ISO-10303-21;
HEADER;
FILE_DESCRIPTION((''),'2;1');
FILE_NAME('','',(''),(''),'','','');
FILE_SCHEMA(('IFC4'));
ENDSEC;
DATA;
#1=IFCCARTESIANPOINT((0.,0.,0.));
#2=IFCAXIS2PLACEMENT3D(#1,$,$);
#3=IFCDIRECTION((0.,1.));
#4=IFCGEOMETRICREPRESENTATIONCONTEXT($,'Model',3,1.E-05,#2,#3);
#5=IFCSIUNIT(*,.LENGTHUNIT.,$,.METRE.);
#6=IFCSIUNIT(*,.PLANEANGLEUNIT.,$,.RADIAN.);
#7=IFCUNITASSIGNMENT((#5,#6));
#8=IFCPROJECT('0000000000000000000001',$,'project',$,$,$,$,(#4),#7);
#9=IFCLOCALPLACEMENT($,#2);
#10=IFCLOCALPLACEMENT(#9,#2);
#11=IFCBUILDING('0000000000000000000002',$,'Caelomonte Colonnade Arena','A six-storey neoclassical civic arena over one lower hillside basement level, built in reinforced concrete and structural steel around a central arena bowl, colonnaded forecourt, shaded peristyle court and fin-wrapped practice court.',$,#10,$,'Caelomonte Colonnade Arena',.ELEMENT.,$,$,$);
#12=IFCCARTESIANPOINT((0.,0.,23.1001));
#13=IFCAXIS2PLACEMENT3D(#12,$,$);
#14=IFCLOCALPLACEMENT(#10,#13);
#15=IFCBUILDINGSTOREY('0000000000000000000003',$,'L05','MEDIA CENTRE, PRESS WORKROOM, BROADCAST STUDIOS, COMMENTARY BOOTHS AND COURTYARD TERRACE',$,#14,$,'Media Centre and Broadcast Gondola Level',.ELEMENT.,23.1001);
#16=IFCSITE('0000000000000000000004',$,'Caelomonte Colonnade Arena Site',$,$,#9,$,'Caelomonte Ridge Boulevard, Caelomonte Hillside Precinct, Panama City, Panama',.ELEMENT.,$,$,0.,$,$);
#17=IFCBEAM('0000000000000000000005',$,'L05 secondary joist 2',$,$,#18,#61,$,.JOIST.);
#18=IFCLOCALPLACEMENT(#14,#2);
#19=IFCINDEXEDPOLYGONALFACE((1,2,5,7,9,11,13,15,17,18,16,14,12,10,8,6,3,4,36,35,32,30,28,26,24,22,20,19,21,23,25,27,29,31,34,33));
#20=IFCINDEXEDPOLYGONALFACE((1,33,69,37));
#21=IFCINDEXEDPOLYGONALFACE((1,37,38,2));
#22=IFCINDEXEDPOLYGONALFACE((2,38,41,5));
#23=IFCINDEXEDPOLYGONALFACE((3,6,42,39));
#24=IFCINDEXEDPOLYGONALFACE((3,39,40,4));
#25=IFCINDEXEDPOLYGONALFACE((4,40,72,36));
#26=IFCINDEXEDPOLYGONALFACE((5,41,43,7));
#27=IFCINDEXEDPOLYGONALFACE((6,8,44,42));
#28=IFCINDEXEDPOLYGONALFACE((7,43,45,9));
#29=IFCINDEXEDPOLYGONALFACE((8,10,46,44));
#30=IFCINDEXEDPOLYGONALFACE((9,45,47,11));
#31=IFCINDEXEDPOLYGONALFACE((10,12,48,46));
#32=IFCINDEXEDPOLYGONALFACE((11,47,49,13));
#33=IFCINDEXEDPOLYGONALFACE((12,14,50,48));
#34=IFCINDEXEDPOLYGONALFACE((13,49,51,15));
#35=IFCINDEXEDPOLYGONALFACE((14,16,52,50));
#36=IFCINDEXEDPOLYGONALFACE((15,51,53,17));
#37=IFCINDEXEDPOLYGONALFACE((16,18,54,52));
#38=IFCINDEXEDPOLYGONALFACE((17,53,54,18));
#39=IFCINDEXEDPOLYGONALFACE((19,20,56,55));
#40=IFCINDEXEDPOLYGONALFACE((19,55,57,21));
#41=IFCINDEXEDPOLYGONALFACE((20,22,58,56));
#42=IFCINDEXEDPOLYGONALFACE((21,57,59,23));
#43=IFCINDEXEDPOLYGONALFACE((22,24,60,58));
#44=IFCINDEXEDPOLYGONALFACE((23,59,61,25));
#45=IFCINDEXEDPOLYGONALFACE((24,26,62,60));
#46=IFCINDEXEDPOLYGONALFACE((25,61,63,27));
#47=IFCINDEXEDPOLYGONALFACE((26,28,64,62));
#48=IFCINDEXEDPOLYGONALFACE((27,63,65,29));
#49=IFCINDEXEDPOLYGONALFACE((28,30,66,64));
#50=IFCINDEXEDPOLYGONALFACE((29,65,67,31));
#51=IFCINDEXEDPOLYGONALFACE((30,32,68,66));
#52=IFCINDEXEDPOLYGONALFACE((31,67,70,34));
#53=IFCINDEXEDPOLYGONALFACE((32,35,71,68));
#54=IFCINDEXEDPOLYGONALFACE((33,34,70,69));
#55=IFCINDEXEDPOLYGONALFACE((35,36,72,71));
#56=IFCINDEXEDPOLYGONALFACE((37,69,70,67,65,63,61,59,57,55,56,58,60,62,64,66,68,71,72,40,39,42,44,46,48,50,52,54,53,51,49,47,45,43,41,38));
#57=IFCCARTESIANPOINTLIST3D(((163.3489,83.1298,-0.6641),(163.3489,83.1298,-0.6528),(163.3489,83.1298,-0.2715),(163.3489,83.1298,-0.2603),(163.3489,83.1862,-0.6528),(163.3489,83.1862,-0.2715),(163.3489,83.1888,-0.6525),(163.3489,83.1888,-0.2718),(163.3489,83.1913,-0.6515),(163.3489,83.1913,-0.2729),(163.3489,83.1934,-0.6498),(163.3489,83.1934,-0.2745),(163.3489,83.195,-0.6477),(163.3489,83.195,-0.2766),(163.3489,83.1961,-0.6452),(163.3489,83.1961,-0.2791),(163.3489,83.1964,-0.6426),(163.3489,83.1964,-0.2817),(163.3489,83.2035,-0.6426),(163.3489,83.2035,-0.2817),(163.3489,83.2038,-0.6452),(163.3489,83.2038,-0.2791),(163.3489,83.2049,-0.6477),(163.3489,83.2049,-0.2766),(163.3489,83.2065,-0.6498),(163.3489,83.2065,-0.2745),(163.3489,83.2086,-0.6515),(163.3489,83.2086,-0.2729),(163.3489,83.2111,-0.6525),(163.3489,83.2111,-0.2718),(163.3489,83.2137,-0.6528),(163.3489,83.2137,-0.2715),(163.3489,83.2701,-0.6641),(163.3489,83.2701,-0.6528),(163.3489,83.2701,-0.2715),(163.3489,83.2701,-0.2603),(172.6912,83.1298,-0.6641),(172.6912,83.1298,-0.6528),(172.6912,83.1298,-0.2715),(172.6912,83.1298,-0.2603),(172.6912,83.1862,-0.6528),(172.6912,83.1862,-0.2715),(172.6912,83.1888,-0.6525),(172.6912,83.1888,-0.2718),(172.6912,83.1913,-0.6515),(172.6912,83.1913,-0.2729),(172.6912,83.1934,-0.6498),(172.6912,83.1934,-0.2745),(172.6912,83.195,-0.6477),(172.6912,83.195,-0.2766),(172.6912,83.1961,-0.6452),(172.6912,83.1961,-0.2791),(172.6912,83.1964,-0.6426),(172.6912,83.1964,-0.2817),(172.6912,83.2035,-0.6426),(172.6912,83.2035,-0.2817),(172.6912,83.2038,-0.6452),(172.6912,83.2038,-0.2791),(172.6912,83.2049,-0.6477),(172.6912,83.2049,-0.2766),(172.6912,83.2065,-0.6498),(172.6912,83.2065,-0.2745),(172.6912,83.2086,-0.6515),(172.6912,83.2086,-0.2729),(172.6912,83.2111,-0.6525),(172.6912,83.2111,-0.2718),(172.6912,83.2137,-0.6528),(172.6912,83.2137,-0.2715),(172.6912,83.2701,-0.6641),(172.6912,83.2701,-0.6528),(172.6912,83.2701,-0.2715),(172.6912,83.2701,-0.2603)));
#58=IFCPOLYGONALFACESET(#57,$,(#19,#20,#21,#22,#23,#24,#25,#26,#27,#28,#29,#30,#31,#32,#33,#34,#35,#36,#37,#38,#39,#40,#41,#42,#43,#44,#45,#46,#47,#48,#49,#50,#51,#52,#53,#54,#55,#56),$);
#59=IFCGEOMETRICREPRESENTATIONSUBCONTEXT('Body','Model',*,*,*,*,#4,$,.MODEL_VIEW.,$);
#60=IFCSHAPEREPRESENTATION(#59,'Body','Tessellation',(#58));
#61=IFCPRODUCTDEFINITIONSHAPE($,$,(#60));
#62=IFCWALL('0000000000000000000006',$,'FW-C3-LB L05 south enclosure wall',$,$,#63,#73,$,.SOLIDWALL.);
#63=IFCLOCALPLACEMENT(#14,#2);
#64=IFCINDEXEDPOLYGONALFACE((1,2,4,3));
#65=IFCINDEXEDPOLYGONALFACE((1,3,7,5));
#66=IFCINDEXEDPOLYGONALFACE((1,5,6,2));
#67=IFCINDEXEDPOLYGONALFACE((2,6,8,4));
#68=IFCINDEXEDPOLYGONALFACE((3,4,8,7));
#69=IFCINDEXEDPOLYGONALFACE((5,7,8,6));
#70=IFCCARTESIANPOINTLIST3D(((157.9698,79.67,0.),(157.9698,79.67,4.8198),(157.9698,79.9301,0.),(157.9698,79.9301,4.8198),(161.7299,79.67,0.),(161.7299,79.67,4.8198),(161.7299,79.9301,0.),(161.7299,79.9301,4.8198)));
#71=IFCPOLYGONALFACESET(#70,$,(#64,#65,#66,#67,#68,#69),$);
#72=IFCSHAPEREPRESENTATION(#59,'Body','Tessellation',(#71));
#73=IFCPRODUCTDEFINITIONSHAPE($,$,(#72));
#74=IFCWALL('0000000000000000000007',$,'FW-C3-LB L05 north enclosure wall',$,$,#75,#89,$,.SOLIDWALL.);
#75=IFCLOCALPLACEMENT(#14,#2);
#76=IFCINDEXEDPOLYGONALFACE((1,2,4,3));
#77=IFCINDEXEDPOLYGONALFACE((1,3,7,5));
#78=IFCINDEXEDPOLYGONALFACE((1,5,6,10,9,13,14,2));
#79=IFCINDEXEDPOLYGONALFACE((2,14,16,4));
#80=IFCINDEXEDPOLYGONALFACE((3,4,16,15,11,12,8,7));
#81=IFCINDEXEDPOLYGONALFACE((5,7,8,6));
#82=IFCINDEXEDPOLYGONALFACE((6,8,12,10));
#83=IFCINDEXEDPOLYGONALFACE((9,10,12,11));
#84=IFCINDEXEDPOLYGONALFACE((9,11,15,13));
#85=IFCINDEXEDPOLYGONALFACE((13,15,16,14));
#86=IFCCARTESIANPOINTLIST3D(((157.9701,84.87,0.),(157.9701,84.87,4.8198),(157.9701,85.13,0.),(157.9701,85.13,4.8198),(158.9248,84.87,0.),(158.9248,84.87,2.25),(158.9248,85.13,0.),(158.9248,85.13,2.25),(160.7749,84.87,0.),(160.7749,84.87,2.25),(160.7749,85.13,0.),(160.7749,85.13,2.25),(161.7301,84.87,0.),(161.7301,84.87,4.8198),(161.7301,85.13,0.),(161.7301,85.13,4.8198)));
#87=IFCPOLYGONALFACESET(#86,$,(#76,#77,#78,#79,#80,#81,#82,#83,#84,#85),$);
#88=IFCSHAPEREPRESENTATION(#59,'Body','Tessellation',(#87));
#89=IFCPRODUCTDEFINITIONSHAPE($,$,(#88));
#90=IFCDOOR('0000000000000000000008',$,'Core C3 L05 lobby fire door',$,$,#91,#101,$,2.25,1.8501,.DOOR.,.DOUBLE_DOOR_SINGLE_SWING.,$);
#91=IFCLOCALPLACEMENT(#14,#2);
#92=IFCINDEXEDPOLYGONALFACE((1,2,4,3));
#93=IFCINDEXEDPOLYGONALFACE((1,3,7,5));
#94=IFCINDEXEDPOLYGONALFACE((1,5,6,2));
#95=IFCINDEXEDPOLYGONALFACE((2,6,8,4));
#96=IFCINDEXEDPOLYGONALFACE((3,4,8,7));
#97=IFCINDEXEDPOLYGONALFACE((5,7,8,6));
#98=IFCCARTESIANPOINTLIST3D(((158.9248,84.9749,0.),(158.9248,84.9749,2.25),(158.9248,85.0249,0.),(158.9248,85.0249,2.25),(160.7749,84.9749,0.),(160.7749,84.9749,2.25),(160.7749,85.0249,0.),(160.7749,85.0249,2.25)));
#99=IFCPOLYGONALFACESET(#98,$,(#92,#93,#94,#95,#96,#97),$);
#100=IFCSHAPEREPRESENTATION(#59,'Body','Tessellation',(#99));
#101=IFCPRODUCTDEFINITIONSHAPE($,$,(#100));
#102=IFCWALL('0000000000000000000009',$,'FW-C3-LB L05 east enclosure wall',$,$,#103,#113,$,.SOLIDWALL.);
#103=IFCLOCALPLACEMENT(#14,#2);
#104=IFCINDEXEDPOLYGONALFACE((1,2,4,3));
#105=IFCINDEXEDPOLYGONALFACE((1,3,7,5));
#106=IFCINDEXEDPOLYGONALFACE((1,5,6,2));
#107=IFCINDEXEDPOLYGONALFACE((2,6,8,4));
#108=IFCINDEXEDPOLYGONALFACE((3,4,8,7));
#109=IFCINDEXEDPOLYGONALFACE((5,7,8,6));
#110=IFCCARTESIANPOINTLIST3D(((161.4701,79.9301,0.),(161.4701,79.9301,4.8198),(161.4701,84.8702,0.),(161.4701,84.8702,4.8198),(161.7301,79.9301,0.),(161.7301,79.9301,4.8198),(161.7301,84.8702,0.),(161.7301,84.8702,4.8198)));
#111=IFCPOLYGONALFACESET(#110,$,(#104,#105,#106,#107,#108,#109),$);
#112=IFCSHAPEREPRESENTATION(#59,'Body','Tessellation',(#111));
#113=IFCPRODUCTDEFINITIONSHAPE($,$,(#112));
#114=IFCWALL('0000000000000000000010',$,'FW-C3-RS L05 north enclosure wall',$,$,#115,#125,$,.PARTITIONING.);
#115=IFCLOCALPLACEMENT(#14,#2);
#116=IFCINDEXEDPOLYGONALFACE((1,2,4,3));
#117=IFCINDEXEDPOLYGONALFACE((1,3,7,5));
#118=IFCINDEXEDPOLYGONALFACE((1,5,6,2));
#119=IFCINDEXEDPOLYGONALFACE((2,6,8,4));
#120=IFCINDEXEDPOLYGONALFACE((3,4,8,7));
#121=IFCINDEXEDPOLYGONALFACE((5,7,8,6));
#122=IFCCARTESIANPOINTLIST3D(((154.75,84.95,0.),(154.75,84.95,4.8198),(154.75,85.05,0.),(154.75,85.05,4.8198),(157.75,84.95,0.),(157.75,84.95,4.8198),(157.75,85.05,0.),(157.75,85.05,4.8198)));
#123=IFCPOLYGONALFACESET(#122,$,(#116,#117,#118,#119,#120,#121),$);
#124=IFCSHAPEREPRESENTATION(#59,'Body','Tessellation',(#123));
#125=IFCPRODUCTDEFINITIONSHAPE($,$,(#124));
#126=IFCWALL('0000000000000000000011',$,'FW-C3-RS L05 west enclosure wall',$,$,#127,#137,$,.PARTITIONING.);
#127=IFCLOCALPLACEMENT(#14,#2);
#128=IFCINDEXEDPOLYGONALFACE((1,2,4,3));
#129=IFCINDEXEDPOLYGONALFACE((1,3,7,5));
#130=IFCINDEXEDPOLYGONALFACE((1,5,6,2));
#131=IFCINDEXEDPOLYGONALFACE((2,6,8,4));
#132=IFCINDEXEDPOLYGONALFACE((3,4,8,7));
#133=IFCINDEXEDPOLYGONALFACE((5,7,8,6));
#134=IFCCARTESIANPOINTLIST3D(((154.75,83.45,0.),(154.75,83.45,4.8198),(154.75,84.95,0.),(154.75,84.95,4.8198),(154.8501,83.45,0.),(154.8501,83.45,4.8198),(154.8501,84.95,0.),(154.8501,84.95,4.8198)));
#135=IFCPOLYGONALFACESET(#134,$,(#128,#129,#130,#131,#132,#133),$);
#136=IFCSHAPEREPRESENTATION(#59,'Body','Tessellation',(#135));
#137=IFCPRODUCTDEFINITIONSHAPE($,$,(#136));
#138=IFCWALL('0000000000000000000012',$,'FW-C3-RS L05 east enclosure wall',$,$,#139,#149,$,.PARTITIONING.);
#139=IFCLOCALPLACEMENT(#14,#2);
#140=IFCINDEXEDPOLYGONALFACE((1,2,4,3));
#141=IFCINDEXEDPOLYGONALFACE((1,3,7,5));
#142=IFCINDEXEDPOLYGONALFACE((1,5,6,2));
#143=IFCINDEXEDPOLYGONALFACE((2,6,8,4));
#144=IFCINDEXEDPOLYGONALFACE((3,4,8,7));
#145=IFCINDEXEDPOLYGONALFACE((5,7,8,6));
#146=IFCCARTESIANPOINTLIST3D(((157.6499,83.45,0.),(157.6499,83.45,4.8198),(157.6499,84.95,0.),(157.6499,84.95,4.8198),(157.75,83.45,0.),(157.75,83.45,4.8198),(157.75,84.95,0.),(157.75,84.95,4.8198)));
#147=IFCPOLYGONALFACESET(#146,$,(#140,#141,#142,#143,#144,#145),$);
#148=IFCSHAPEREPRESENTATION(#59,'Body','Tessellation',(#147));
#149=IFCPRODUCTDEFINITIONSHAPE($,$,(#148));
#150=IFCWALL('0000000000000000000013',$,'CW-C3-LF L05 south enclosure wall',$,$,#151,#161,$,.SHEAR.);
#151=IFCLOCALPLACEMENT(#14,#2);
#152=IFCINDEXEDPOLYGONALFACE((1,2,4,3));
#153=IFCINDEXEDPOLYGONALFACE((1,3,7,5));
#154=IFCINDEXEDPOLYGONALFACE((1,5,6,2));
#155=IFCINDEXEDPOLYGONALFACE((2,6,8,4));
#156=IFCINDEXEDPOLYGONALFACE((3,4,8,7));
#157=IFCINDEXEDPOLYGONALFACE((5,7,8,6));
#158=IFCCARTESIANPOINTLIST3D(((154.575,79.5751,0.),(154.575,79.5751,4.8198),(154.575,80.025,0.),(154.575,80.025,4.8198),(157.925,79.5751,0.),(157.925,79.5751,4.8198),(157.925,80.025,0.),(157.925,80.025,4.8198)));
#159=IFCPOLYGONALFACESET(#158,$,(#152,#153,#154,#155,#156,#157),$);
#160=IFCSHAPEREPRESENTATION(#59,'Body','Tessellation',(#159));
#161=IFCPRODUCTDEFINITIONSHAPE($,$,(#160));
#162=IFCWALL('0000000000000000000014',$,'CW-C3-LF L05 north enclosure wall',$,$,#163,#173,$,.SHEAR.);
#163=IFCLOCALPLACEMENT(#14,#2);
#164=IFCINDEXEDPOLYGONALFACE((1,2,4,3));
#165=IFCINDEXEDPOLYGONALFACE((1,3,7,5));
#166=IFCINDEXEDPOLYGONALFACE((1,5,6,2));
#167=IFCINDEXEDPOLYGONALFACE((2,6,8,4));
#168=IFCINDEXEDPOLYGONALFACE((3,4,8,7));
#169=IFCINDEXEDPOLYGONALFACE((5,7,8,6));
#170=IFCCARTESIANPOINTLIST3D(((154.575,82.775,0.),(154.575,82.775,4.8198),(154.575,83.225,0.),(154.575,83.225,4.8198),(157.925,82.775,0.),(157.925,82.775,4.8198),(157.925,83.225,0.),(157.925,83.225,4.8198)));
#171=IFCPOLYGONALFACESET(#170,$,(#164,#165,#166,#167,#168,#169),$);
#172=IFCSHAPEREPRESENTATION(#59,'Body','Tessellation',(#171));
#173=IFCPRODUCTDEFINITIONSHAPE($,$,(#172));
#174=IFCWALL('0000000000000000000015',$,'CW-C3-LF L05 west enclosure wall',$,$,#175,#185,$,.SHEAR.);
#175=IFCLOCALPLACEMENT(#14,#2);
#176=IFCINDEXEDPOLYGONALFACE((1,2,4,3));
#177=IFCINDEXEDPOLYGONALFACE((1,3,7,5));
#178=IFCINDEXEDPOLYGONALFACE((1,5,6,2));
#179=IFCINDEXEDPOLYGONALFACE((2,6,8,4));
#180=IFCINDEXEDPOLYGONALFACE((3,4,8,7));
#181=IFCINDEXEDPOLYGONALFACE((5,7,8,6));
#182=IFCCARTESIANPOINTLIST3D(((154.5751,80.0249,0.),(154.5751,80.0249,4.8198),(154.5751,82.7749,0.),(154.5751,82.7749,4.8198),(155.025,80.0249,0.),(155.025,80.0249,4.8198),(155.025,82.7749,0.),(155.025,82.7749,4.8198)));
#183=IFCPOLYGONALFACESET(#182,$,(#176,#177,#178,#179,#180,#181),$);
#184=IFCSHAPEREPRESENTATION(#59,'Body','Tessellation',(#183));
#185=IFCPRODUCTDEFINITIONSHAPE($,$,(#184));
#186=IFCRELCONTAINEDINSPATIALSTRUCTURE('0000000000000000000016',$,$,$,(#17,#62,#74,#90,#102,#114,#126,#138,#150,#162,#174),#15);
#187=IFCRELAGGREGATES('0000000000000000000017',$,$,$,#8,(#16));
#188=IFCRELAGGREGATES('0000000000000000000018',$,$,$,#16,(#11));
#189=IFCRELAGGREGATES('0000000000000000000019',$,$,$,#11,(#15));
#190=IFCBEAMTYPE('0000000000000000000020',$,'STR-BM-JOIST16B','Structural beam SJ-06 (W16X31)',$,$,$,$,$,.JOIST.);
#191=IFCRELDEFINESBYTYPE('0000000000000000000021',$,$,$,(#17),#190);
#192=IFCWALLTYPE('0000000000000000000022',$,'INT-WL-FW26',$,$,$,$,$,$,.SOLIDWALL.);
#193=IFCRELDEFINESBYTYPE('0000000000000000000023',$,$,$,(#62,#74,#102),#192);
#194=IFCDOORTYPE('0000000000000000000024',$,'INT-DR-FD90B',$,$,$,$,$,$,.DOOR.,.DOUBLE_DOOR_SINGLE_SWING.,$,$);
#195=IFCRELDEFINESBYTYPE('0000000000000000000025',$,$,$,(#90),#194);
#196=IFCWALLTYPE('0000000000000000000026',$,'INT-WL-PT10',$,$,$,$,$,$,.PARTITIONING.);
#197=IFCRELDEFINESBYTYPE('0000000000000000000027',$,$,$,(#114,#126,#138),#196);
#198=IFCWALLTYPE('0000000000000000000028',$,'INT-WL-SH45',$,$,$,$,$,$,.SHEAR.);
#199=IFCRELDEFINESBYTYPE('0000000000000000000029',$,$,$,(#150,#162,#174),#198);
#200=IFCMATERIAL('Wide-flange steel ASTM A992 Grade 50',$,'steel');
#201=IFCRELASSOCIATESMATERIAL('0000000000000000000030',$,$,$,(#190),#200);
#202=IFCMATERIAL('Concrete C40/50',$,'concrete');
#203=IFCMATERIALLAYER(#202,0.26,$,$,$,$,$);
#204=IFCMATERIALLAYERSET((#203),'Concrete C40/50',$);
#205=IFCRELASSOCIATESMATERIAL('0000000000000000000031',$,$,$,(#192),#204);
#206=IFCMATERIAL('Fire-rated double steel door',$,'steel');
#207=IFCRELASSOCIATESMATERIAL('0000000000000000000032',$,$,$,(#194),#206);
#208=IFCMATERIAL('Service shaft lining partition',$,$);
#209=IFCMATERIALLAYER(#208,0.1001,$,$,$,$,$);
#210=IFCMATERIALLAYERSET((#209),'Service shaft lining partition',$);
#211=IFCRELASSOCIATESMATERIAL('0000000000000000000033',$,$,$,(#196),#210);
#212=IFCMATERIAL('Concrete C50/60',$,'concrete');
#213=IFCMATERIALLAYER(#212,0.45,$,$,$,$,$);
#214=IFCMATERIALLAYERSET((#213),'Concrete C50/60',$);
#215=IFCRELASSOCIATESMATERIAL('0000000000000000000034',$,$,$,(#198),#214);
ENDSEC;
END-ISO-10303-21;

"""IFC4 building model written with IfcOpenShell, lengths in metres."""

from ifc_helpers import new_model, si_unit, direction, frame, frame_2d, origin, origin_2d, place, context, subcontext, project, spatial, rectangle, i_section, extrude, material, layer, layer_set, material_profile, profile_set, type_object, element, fill, save


model = new_model("IFC4")

# Units and contexts
model_context = context("Model", 3, precision=1e-05, world=origin(), true_north=direction((0.0, 1.0)))
body_context = subcontext(model_context, "Body", "Model", "MODEL_VIEW")
ifc_project = project(units=[si_unit("LENGTHUNIT", "METRE"), si_unit("PLANEANGLEUNIT", "RADIAN")], contexts=[model_context])

# Site, building, storey
site_placement = place(None, origin())
site = spatial("IfcSite", under=ifc_project, at=site_placement, Name="Caelomonte Colonnade Arena Site", LongName="Caelomonte Ridge Boulevard, Caelomonte Hillside Precinct, Panama City, Panama", CompositionType="ELEMENT", RefElevation=0.0)
building_placement = place(site_placement, origin())
building = spatial("IfcBuilding", under=site, at=building_placement, Name="Caelomonte Colonnade Arena", Description="A six-storey neoclassical civic arena over one lower hillside basement level, built in reinforced concrete and structural steel around a central arena bowl, colonnaded forecourt, shaded peristyle court and fin-wrapped practice court.", LongName="Caelomonte Colonnade Arena", CompositionType="ELEMENT")
storey_placement = place(building_placement, frame((0.0, 0.0, 23.1001)))
storey = spatial("IfcBuildingStorey", under=building, at=storey_placement, Name="L05", Description="MEDIA CENTRE, PRESS WORKROOM, BROADCAST STUDIOS, COMMENTARY BOOTHS AND COURTYARD TERRACE", LongName="Media Centre and Broadcast Gondola Level", CompositionType="ELEMENT", Elevation=23.1001)

# Shared definitions
ifc_material_1 = material(Name="Wide-flange steel ASTM A992 Grade 50", Category="steel")

# Beam
ifc_material_profile_1 = material_profile(ifc_material_1, i_section(OverallWidth=0.1404, OverallDepth=0.4038, WebThickness=0.0071, FlangeThickness=0.0112, FilletRadius=0.0103, at=origin_2d()), Name="W16X31")
ifc_profile_set_1 = profile_set([ifc_material_profile_1], Name="Wide-flange steel ASTM A992 Grade 50")
beam_type_1 = type_object("IfcBeamType", Name="STR-BM-JOIST16B", Description="Structural beam SJ-06 (W16X31)", PredefinedType="JOIST", material=ifc_profile_set_1)
for number, where, z_axis, x_axis, name in (
    (1, (163.3489, 83.2, -0.4622), (1.0, 0.0, 0.0), (0.0, 1.0, 0.0), "L05 secondary joist 2"),
):
    element("IfcBeam", number, at=place(storey_placement, frame(where, z_axis=z_axis, x_axis=x_axis)), inside=storey, type_object=beam_type_1, Name=name, PredefinedType="JOIST", context=body_context, shape_type="SweptSolid", body=[
        extrude(i_section(OverallWidth=0.1404, OverallDepth=0.4038, WebThickness=0.0071, FlangeThickness=0.0112, FilletRadius=0.0103, at=origin_2d()), origin(), (0.0, 0.0, 1.0), 9.3423),
    ])

# Wall
ifc_material_2 = material(Name="Concrete C40/50", Category="concrete")
ifc_layer_1 = layer(ifc_material_2, 0.26)
ifc_layer_set_1 = layer_set([ifc_layer_1], Name="Concrete C40/50")
wall_type_1 = type_object("IfcWallType", Name="INT-WL-FW26", PredefinedType="SOLIDWALL", material=ifc_layer_set_1)
wall_1_placement = place(storey_placement, frame((157.97, 79.8, 0.0), z_axis=(0.0, 0.0, 1.0), x_axis=(1.0, 0.0, 0.0)))
element("IfcWall", 2, at=wall_1_placement, inside=storey, type_object=wall_type_1, Name="FW-C3-LB L05 south enclosure wall", PredefinedType="SOLIDWALL", context=body_context, shape_type="SweptSolid", body=[
    extrude(rectangle(XDim=3.76, YDim=0.26, at=frame_2d((1.8799, 0.0))), origin(), (0.0, 0.0, 1.0), 4.8198),
])

# Wall, opening, door
wall_2_placement = place(storey_placement, frame((161.73, 85.0, 0.0), z_axis=(0.0, 0.0, 1.0), x_axis=(-1.0, 0.0, 0.0)))
wall_2 = element("IfcWall", 3, at=wall_2_placement, inside=storey, type_object=wall_type_1, Name="FW-C3-LB L05 north enclosure wall", PredefinedType="SOLIDWALL", context=body_context, shape_type="SweptSolid", body=[
    extrude(rectangle(XDim=3.76, YDim=0.26, at=frame_2d((1.8799, 0.0))), origin(), (0.0, 0.0, 1.0), 4.8198),
])
opening_1_placement = place(wall_2_placement, frame((2.8052, 0.0, 0.0), z_axis=(0.0, 0.0, 1.0), x_axis=(-1.0, 0.0, 0.0)))
opening_1 = element("IfcOpeningElement", 4, at=opening_1_placement, cuts=wall_2, PredefinedType="OPENING", context=body_context, shape_type="SweptSolid", body=[
    extrude(rectangle(XDim=1.8501, YDim=2.25, at=frame_2d((0.925, 1.125))), frame((0.0, 0.1399, 0.0), z_axis=(0.0, -1.0, 0.0), x_axis=(1.0, 0.0, 0.0)), (0.0, 0.0, 1.0), 0.28),
])
ifc_material_3 = material(Name="Fire-rated double steel door", Category="steel")
door_type_1 = type_object("IfcDoorType", Name="INT-DR-FD90B", OperationType="DOUBLE_DOOR_SINGLE_SWING", PredefinedType="DOOR", material=ifc_material_3)
door_1_placement = place(opening_1_placement, origin())
door_1 = element("IfcDoor", 5, at=door_1_placement, inside=storey, type_object=door_type_1, Name="Core C3 L05 lobby fire door", OperationType="DOUBLE_DOOR_SINGLE_SWING", OverallHeight=2.25, OverallWidth=1.8501, PredefinedType="DOOR", context=body_context, shape_type="SweptSolid", body=[
    extrude(rectangle(XDim=1.8501, YDim=2.25, at=frame_2d((0.925, 1.125))), frame((0.0, 0.0249, 0.0), z_axis=(0.0, -1.0, 0.0), x_axis=(1.0, 0.0, 0.0)), (0.0, 0.0, 1.0), 0.05),
])
fill(opening_1, door_1)

# Walls
wall_3_placement = place(storey_placement, frame((161.6001, 79.9299, 0.0), z_axis=(0.0, 0.0, 1.0), x_axis=(0.0, 1.0, 0.0)))
element("IfcWall", 6, at=wall_3_placement, inside=storey, type_object=wall_type_1, Name="FW-C3-LB L05 east enclosure wall", PredefinedType="SOLIDWALL", context=body_context, shape_type="SweptSolid", body=[
    extrude(rectangle(XDim=4.9402, YDim=0.26, at=frame_2d((2.4702, 0.0))), origin(), (0.0, 0.0, 1.0), 4.8198),
])
ifc_material_4 = material(Name="Service shaft lining partition")
ifc_layer_2 = layer(ifc_material_4, 0.1001)
ifc_layer_set_2 = layer_set([ifc_layer_2], Name="Service shaft lining partition")
wall_type_2 = type_object("IfcWallType", Name="INT-WL-PT10", PredefinedType="PARTITIONING", material=ifc_layer_set_2)
wall_4_placement = place(storey_placement, frame((157.75, 85.0, 0.0), z_axis=(0.0, 0.0, 1.0), x_axis=(-1.0, 0.0, 0.0)))
element("IfcWall", 7, at=wall_4_placement, inside=storey, type_object=wall_type_2, Name="FW-C3-RS L05 north enclosure wall", PredefinedType="PARTITIONING", context=body_context, shape_type="SweptSolid", body=[
    extrude(rectangle(XDim=3.0, YDim=0.1001, at=frame_2d((1.5, 0.0))), origin(), (0.0, 0.0, 1.0), 4.8198),
])
for number, where, z_axis, x_axis, name in (
    (8, (154.8, 84.95, 0.0), (0.0, 0.0, 1.0), (0.0, -1.0, 0.0), "FW-C3-RS L05 west enclosure wall"),
    (9, (157.7, 83.45, 0.0), (0.0, 0.0, 1.0), (0.0, 1.0, 0.0), "FW-C3-RS L05 east enclosure wall"),
):
    element("IfcWall", number, at=place(storey_placement, frame(where, z_axis=z_axis, x_axis=x_axis)), inside=storey, type_object=wall_type_2, Name=name, PredefinedType="PARTITIONING", context=body_context, shape_type="SweptSolid", body=[
        extrude(rectangle(XDim=1.5, YDim=0.1001, at=frame_2d((0.75, 0.0))), origin(), (0.0, 0.0, 1.0), 4.8198),
    ])
ifc_material_5 = material(Name="Concrete C50/60", Category="concrete")
ifc_layer_3 = layer(ifc_material_5, 0.45)
ifc_layer_set_3 = layer_set([ifc_layer_3], Name="Concrete C50/60")
wall_type_3 = type_object("IfcWallType", Name="INT-WL-SH45", PredefinedType="SHEAR", material=ifc_layer_set_3)
for number, where, z_axis, x_axis, name in (
    (10, (154.575, 79.8, 0.0), (0.0, 0.0, 1.0), (1.0, 0.0, 0.0), "CW-C3-LF L05 south enclosure wall"),
    (11, (157.925, 83.0, 0.0), (0.0, 0.0, 1.0), (-1.0, 0.0, 0.0), "CW-C3-LF L05 north enclosure wall"),
):
    element("IfcWall", number, at=place(storey_placement, frame(where, z_axis=z_axis, x_axis=x_axis)), inside=storey, type_object=wall_type_3, Name=name, PredefinedType="SHEAR", context=body_context, shape_type="SweptSolid", body=[
        extrude(rectangle(XDim=3.3501, YDim=0.45, at=frame_2d((1.675, 0.0))), origin(), (0.0, 0.0, 1.0), 4.8198),
    ])
wall_5_placement = place(storey_placement, frame((154.8, 82.7749, 0.0), z_axis=(0.0, 0.0, 1.0), x_axis=(0.0, -1.0, 0.0)))
element("IfcWall", 12, at=wall_5_placement, inside=storey, type_object=wall_type_3, Name="CW-C3-LF L05 west enclosure wall", PredefinedType="SHEAR", context=body_context, shape_type="SweptSolid", body=[
    extrude(rectangle(XDim=2.75, YDim=0.45, at=frame_2d((1.375, 0.0))), origin(), (0.0, 0.0, 1.0), 4.8198),
])

save(model, "model.ifc")
